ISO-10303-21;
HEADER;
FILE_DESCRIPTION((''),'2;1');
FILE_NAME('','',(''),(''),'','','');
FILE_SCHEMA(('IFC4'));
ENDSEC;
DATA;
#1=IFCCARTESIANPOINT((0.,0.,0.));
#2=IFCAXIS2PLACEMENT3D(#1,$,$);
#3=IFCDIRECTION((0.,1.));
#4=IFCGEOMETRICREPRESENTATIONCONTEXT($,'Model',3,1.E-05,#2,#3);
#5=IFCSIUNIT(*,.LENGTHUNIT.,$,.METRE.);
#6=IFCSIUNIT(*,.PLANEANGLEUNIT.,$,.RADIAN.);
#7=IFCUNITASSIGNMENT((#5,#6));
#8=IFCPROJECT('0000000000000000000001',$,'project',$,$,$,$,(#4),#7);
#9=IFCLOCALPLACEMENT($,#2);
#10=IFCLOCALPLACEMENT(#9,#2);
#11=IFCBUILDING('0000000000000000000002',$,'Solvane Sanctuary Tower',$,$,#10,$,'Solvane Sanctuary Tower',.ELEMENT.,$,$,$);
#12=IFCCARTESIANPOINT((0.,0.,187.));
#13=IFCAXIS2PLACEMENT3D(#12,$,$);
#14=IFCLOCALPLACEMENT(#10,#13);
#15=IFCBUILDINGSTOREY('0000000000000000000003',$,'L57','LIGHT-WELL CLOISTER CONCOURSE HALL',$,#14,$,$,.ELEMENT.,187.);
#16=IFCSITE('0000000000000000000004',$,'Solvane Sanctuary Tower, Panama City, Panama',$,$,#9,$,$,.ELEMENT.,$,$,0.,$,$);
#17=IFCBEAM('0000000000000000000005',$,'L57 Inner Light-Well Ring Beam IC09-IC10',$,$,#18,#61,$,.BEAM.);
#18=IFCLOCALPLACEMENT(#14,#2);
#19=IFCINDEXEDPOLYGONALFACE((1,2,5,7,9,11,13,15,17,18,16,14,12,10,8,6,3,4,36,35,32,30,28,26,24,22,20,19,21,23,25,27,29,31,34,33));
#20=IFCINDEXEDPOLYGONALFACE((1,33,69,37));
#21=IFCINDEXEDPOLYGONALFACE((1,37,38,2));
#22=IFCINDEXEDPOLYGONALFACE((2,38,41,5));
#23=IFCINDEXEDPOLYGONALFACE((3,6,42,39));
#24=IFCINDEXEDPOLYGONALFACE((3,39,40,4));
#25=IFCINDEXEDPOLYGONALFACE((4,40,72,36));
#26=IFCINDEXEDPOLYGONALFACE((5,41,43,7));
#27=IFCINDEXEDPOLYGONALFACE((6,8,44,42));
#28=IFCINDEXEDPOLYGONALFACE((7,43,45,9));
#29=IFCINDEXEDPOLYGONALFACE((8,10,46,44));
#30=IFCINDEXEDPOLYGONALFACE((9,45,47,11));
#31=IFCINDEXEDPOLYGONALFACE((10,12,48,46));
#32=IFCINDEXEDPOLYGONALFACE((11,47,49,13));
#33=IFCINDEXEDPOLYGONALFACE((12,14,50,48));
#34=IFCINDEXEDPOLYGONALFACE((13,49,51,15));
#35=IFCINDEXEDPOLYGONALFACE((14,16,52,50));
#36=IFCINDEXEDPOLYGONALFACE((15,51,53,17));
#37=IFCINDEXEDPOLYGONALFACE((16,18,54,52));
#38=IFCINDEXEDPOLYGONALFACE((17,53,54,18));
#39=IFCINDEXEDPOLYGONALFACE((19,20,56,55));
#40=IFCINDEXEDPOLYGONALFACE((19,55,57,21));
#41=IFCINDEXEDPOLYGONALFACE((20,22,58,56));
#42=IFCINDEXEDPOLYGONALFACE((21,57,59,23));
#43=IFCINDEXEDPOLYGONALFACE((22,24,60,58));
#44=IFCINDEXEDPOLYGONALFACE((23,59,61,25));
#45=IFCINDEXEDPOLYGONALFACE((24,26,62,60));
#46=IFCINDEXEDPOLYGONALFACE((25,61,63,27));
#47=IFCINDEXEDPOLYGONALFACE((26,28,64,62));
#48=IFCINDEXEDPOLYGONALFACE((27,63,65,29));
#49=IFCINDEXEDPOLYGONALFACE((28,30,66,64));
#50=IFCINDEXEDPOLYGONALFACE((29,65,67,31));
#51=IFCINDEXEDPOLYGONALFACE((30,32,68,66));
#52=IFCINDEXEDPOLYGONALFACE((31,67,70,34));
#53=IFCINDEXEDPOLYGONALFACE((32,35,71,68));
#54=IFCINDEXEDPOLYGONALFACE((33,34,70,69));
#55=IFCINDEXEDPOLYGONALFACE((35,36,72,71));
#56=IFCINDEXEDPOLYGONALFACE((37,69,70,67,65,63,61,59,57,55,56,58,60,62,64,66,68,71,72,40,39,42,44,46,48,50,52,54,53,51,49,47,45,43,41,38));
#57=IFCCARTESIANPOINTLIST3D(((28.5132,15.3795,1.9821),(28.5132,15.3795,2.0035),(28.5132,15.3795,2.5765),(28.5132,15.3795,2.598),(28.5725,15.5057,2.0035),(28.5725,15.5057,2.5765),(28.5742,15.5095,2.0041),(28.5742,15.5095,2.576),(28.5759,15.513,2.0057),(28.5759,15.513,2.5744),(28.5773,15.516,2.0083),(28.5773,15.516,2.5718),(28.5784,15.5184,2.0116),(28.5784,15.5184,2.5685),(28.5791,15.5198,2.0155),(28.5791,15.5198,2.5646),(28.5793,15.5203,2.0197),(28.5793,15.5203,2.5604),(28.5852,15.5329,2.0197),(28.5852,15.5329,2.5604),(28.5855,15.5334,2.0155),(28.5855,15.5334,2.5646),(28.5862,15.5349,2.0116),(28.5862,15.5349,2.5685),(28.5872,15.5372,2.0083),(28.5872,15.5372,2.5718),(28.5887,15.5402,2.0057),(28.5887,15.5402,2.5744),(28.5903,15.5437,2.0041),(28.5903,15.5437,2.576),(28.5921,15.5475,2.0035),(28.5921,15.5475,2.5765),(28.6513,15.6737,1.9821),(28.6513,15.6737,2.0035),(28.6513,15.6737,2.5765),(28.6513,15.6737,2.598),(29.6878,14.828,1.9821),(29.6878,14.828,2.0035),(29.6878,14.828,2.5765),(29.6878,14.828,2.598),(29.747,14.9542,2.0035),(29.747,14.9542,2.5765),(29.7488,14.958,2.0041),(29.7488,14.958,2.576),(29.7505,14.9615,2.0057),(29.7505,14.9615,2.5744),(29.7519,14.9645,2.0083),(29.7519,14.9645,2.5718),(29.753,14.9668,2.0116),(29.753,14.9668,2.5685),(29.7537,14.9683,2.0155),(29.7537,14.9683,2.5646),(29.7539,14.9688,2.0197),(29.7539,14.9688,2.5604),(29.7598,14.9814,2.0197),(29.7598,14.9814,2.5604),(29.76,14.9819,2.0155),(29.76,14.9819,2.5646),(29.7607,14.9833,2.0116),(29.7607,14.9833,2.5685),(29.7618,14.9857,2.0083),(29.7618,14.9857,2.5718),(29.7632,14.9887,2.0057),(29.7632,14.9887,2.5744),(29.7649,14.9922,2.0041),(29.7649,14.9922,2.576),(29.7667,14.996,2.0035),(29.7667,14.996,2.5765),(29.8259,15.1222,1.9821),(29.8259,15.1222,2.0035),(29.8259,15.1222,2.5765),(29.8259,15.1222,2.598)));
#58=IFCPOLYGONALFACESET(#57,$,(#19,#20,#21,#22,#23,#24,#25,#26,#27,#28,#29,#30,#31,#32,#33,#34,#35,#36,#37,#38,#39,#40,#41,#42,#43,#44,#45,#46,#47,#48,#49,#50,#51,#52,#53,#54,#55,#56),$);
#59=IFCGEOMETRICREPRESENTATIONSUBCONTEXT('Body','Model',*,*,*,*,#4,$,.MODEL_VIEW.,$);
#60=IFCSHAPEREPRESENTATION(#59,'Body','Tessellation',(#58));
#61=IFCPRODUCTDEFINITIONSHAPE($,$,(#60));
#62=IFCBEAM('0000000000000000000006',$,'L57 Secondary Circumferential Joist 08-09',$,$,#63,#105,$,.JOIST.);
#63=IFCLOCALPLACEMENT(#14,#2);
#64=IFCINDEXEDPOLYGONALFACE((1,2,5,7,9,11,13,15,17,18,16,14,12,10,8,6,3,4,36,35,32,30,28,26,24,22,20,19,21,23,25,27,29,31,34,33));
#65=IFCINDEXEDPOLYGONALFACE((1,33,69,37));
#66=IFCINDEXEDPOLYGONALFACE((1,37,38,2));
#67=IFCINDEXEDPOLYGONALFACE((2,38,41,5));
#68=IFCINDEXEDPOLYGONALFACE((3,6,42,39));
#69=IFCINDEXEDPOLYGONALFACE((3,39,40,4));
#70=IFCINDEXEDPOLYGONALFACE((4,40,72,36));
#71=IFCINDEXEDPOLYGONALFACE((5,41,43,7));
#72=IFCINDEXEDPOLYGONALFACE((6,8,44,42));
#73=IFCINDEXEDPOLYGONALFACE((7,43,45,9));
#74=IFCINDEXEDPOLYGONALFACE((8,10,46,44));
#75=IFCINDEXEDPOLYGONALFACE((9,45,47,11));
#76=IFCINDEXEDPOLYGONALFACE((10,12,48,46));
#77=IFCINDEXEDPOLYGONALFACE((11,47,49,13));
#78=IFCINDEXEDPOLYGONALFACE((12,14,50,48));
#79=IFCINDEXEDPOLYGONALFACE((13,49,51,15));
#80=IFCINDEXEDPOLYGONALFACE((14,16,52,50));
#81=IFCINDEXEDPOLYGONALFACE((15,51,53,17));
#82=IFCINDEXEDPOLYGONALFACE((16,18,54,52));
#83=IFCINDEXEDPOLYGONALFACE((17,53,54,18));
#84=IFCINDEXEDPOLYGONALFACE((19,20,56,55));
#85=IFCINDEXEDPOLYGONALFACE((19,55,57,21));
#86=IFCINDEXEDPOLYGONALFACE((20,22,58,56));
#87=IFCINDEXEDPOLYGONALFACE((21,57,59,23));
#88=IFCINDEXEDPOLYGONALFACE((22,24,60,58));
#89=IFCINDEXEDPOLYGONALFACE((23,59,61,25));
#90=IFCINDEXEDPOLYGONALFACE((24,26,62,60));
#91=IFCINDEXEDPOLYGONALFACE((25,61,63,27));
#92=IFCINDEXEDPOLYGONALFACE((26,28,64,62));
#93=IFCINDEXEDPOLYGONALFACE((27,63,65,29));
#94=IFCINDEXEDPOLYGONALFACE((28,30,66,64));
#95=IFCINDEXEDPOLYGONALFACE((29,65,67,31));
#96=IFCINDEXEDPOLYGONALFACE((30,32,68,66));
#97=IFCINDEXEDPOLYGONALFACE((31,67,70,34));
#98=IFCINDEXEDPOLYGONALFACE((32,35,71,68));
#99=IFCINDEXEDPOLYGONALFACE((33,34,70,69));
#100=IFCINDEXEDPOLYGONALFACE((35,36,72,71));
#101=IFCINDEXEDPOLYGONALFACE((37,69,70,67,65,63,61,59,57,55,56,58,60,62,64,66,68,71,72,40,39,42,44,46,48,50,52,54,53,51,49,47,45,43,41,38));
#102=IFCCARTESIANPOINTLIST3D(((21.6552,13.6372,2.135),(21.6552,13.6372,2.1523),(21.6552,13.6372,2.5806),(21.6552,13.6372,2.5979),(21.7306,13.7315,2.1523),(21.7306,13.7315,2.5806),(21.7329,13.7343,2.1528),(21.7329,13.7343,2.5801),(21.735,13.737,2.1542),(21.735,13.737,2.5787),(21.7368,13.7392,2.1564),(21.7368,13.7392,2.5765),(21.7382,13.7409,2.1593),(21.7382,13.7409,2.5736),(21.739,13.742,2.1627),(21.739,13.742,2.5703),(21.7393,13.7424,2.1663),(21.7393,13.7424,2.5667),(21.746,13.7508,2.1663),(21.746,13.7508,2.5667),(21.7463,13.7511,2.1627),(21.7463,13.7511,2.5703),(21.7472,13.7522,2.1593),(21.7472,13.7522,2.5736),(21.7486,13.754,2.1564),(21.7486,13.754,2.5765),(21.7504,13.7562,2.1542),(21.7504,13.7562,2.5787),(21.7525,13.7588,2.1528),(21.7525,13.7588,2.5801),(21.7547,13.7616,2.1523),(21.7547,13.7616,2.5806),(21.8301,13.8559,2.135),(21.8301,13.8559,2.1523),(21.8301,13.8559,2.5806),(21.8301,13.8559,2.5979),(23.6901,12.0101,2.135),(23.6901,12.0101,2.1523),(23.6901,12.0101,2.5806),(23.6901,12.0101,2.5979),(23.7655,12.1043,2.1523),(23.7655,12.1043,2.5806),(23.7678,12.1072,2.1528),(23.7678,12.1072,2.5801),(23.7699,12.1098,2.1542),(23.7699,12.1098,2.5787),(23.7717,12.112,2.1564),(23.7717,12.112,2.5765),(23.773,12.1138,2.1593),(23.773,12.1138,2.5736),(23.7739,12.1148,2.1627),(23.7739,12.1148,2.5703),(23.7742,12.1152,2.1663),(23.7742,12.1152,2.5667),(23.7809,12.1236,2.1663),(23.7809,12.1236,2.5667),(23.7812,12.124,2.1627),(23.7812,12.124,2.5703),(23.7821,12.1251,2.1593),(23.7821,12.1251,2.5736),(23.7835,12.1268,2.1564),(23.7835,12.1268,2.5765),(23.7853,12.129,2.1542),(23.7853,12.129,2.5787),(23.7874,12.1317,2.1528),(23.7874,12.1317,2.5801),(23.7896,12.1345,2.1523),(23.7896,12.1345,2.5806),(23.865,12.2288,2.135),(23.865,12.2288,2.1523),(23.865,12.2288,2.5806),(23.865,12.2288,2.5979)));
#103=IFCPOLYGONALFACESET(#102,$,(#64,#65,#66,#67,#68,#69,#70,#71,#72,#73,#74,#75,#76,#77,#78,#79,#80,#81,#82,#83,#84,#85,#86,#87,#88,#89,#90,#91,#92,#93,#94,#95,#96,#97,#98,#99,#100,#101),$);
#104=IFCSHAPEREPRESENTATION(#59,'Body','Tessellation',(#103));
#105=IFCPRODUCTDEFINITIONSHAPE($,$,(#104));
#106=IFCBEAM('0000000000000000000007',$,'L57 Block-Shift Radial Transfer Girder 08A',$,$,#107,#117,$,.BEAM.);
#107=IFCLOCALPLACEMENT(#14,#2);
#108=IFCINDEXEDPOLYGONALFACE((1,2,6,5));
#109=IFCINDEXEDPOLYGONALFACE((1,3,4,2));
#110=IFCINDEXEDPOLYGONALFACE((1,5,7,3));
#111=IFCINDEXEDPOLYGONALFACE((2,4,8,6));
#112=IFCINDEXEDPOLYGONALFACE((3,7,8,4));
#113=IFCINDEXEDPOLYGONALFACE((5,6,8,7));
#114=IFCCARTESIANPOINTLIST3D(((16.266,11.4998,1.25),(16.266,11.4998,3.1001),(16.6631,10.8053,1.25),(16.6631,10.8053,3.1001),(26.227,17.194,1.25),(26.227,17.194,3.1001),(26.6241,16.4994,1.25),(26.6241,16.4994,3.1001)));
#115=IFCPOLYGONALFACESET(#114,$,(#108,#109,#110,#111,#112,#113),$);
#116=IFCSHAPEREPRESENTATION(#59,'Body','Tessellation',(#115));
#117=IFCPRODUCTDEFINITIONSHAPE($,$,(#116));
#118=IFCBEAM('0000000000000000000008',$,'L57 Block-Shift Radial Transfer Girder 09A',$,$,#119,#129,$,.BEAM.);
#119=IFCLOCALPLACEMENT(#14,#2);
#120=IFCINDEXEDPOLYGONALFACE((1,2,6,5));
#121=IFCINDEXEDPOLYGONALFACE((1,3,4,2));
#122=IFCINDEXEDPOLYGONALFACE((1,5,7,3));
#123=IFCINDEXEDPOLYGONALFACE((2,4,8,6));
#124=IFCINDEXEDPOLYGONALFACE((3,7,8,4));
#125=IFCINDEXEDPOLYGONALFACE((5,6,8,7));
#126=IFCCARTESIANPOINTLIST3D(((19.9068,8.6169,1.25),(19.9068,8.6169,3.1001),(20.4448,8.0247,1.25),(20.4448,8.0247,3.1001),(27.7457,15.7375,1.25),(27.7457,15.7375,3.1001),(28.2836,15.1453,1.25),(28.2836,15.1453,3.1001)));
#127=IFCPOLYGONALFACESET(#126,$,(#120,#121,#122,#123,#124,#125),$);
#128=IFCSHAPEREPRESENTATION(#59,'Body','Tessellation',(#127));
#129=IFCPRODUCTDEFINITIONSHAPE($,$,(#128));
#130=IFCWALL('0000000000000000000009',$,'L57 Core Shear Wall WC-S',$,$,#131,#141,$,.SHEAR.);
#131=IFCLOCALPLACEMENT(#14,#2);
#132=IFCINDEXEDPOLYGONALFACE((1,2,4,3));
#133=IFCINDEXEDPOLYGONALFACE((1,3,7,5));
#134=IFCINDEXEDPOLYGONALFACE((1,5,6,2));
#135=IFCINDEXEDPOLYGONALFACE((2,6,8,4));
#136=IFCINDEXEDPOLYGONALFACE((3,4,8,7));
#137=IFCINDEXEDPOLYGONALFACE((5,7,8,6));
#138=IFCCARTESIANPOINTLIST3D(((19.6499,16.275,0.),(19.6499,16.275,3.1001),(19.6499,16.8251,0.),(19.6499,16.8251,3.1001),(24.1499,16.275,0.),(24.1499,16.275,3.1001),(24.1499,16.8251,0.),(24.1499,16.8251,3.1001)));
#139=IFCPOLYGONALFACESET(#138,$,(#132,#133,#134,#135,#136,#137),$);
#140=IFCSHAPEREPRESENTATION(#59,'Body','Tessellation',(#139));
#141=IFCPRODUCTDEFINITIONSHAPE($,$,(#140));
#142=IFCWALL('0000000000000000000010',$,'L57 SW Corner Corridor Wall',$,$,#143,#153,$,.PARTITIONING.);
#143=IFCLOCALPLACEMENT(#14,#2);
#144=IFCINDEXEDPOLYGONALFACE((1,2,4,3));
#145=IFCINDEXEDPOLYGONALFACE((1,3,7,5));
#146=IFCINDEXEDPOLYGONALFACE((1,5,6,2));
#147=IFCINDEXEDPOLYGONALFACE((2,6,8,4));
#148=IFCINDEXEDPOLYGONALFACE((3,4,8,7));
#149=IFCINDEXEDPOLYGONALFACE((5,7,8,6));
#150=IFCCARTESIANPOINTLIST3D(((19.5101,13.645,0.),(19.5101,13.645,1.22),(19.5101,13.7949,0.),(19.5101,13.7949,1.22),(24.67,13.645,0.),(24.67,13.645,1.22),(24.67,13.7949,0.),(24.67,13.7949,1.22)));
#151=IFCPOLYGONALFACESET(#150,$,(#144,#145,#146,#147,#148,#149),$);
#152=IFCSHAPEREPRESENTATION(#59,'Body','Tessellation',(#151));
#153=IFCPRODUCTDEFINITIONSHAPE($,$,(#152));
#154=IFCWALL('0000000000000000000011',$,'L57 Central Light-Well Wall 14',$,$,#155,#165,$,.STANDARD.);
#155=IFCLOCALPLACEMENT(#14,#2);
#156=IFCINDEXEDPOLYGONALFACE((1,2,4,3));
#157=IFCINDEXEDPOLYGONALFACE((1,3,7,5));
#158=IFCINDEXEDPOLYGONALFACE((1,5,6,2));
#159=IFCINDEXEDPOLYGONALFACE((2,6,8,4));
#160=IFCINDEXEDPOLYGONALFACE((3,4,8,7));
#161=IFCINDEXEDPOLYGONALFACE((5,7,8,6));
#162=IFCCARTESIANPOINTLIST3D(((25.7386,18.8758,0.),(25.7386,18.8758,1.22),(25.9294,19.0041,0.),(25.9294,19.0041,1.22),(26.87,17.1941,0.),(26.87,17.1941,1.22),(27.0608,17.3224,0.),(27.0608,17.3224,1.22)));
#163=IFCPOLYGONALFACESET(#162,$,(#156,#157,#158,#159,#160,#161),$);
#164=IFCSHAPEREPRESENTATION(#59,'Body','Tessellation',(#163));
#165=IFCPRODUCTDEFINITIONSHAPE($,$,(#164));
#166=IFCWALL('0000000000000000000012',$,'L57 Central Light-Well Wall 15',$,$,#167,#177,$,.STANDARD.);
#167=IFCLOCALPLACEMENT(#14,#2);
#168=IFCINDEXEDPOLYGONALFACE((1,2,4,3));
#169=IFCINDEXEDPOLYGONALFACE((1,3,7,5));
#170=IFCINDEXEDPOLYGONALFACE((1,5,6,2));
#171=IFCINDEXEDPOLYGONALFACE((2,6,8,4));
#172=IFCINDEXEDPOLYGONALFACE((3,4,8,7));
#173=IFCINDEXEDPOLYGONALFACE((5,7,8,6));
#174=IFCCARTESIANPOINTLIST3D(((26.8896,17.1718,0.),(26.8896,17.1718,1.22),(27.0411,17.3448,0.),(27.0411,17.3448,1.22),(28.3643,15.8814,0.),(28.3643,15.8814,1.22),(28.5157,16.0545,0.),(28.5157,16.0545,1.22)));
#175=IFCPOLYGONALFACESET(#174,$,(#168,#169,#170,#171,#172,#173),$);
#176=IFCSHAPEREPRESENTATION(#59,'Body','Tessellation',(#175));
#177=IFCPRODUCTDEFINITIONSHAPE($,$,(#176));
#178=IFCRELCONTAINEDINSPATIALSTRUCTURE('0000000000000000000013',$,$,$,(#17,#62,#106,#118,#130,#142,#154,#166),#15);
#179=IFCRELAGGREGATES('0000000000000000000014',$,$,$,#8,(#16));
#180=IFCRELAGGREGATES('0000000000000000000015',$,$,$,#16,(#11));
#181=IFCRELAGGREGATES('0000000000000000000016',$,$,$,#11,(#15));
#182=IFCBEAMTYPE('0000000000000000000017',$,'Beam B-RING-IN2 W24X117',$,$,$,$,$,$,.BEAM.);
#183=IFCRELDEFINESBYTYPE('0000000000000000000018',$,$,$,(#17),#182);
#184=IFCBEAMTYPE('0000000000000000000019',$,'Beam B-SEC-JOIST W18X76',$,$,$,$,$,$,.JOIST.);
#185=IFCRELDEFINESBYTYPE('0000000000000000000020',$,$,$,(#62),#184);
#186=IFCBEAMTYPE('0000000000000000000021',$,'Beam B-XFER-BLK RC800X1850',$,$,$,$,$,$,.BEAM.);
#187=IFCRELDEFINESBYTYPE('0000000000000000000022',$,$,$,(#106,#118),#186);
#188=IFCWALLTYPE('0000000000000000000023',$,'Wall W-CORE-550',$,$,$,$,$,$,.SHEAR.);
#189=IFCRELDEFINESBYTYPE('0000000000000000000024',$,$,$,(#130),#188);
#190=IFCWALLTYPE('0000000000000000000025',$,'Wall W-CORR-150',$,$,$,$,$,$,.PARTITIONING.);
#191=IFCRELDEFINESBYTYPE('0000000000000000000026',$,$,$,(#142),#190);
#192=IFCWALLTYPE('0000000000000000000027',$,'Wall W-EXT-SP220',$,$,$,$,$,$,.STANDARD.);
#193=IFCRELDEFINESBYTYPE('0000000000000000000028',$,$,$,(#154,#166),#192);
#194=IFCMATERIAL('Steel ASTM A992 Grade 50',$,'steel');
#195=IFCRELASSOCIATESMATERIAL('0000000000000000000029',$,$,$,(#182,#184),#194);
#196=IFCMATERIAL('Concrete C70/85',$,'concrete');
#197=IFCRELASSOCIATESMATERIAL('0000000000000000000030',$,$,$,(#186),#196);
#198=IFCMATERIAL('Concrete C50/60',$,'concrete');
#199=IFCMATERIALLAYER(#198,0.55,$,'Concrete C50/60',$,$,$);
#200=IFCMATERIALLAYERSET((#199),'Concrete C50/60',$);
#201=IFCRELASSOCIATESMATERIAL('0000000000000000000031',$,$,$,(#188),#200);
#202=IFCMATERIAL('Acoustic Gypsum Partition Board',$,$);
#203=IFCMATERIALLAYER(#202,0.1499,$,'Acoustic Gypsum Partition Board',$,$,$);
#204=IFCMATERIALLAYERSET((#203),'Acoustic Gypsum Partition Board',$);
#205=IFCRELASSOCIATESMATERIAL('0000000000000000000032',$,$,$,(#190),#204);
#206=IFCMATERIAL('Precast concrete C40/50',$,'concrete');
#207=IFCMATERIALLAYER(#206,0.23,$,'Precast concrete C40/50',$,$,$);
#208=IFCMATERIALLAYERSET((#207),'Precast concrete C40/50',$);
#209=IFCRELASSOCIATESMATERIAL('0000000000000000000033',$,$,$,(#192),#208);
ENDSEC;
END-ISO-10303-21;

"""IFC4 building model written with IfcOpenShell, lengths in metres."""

from ifc_helpers import new_model, si_unit, direction, frame, frame_2d, origin, origin_2d, place, context, subcontext, project, spatial, rectangle, i_section, extrude, material, layer, layer_set, material_profile, profile_set, type_object, element, save


model = new_model("IFC4")

# Units and contexts
model_context = context("Model", 3, precision=1e-05, world=origin(), true_north=direction((0.0, 1.0)))
body_context = subcontext(model_context, "Body", "Model", "MODEL_VIEW")
ifc_project = project(units=[si_unit("LENGTHUNIT", "METRE"), si_unit("PLANEANGLEUNIT", "RADIAN")], contexts=[model_context])

# Site, building, storey
site_placement = place(None, origin())
site = spatial("IfcSite", under=ifc_project, at=site_placement, Name="Solvane Sanctuary Tower, Panama City, Panama", CompositionType="ELEMENT", RefElevation=0.0)
building_placement = place(site_placement, origin())
building = spatial("IfcBuilding", under=site, at=building_placement, Name="Solvane Sanctuary Tower", LongName="Solvane Sanctuary Tower", CompositionType="ELEMENT")
storey_placement = place(building_placement, frame((0.0, 0.0, 187.0)))
storey = spatial("IfcBuildingStorey", under=building, at=storey_placement, Name="L57", Description="LIGHT-WELL CLOISTER CONCOURSE HALL", CompositionType="ELEMENT", Elevation=187.0)

# Shared definitions
ifc_material_1 = material(Name="Concrete C50/60", Category="concrete")
ifc_material_2 = material(Name="Concrete C70/85", Category="concrete")

# Beams
ifc_material_3 = material(Name="Steel ASTM A992 Grade 50", Category="steel")
ifc_material_profile_1 = material_profile(ifc_material_3, i_section(OverallWidth=0.325, OverallDepth=0.616, WebThickness=0.0139, FlangeThickness=0.0215, FilletRadius=0.0161, at=origin_2d()), Name="W24X117")
ifc_profile_set_1 = profile_set([ifc_material_profile_1], Name="Steel ASTM A992 Grade 50")
beam_type_1 = type_object("IfcBeamType", Name="Beam B-RING-IN2 W24X117", PredefinedType="BEAM", material=ifc_profile_set_1)
beam_1_placement = place(storey_placement, frame((28.5823, 15.5266, 2.29), z_axis=(0.905181, -0.425027, 0.0), x_axis=(0.425027, 0.905181, 0.0)))
element("IfcBeam", 1, at=beam_1_placement, inside=storey, type_object=beam_type_1, Name="L57 Inner Light-Well Ring Beam IC09-IC10", PredefinedType="BEAM", context=body_context, shape_type="SweptSolid", body=[
    extrude(i_section(OverallWidth=0.325, OverallDepth=0.616, WebThickness=0.0139, FlangeThickness=0.0215, FilletRadius=0.0161, at=origin_2d()), origin(), (0.0, 0.0, 1.0), 1.2976),
])
ifc_material_profile_2 = material_profile(ifc_material_3, i_section(OverallWidth=0.28, OverallDepth=0.4629, WebThickness=0.0107, FlangeThickness=0.0173, FilletRadius=0.0139, at=origin_2d()), Name="W18X76")
ifc_profile_set_2 = profile_set([ifc_material_profile_2], Name="Steel ASTM A992 Grade 50")
beam_type_2 = type_object("IfcBeamType", Name="Beam B-SEC-JOIST W18X76", PredefinedType="JOIST", material=ifc_profile_set_2)
beam_2_placement = place(storey_placement, frame((21.7427, 13.7466, 2.3665), z_axis=(0.781006, -0.624524, 0.0), x_axis=(0.624524, 0.781006, 0.0)))
element("IfcBeam", 2, at=beam_2_placement, inside=storey, type_object=beam_type_2, Name="L57 Secondary Circumferential Joist 08-09", PredefinedType="JOIST", context=body_context, shape_type="SweptSolid", body=[
    extrude(i_section(OverallWidth=0.28, OverallDepth=0.4629, WebThickness=0.0107, FlangeThickness=0.0173, FilletRadius=0.0139, at=origin_2d()), origin(), (0.0, 0.0, 1.0), 2.6055),
])
ifc_material_profile_3 = material_profile(ifc_material_2, rectangle(XDim=0.8, YDim=1.8501, at=origin_2d()), Name="RC800X1850")
ifc_profile_set_3 = profile_set([ifc_material_profile_3], Name="Concrete C70/85")
beam_type_3 = type_object("IfcBeamType", Name="Beam B-XFER-BLK RC800X1850", PredefinedType="BEAM", material=ifc_profile_set_3)
beam_3_placement = place(storey_placement, frame((26.4255, 16.8467, 2.175), z_axis=(-0.868163, -0.496279, 0.0), x_axis=(0.496279, -0.868163, 0.0)))
element("IfcBeam", 3, at=beam_3_placement, inside=storey, type_object=beam_type_3, Name="L57 Block-Shift Radial Transfer Girder 08A", PredefinedType="BEAM", context=body_context, shape_type="SweptSolid", body=[
    extrude(rectangle(XDim=0.8, YDim=1.8501, at=origin_2d()), origin(), (0.0, 0.0, 1.0), 11.4736),
])
beam_4_placement = place(storey_placement, frame((28.0146, 15.4414, 2.175), z_axis=(-0.740205, -0.672381, 0.0), x_axis=(0.672381, -0.740205, 0.0)))
element("IfcBeam", 4, at=beam_4_placement, inside=storey, type_object=beam_type_3, Name="L57 Block-Shift Radial Transfer Girder 09A", PredefinedType="BEAM", context=body_context, shape_type="SweptSolid", body=[
    extrude(rectangle(XDim=0.8, YDim=1.8501, at=origin_2d()), origin(), (0.0, 0.0, 1.0), 10.5901),
])

# Walls
ifc_layer_1 = layer(ifc_material_1, 0.55, Name="Concrete C50/60")
ifc_layer_set_1 = layer_set([ifc_layer_1], Name="Concrete C50/60")
wall_type_1 = type_object("IfcWallType", Name="Wall W-CORE-550", PredefinedType="SHEAR", material=ifc_layer_set_1)
wall_1_placement = place(storey_placement, frame((19.6499, 16.55, 0.0), z_axis=(0.0, 0.0, 1.0), x_axis=(1.0, 0.0, 0.0)))
element("IfcWall", 5, at=wall_1_placement, inside=storey, type_object=wall_type_1, Name="L57 Core Shear Wall WC-S", PredefinedType="SHEAR", context=body_context, shape_type="SweptSolid", body=[
    extrude(rectangle(XDim=4.5, YDim=0.55, at=frame_2d((2.25, 0.0))), origin(), (0.0, 0.0, 1.0), 3.1001),
])
ifc_material_4 = material(Name="Acoustic Gypsum Partition Board")
ifc_layer_2 = layer(ifc_material_4, 0.1499, Name="Acoustic Gypsum Partition Board")
ifc_layer_set_2 = layer_set([ifc_layer_2], Name="Acoustic Gypsum Partition Board")
wall_type_2 = type_object("IfcWallType", Name="Wall W-CORR-150", PredefinedType="PARTITIONING", material=ifc_layer_set_2)
wall_2_placement = place(storey_placement, frame((19.51, 13.72, 0.0), z_axis=(0.0, 0.0, 1.0), x_axis=(1.0, 0.0, 0.0)))
element("IfcWall", 6, at=wall_2_placement, inside=storey, type_object=wall_type_2, Name="L57 SW Corner Corridor Wall", PredefinedType="PARTITIONING", context=body_context, shape_type="SweptSolid", body=[
    extrude(rectangle(XDim=5.1599, YDim=0.1499, at=frame_2d((2.5801, 0.0))), origin(), (0.0, 0.0, 1.0), 1.22),
])
ifc_material_5 = material(Name="Precast concrete C40/50", Category="concrete")
ifc_layer_3 = layer(ifc_material_5, 0.23, Name="Precast concrete C40/50")
ifc_layer_set_3 = layer_set([ifc_layer_3], Name="Precast concrete C40/50")
wall_type_3 = type_object("IfcWallType", Name="Wall W-EXT-SP220", PredefinedType="STANDARD", material=ifc_layer_set_3)
wall_3_placement = place(storey_placement, frame((25.834, 18.9399, 0.0), z_axis=(0.0, 0.0, 1.0), x_axis=(0.558198, -0.829708, 0.0)))
element("IfcWall", 7, at=wall_3_placement, inside=storey, type_object=wall_type_3, Name="L57 Central Light-Well Wall 14", PredefinedType="STANDARD", context=body_context, shape_type="SweptSolid", body=[
    extrude(rectangle(XDim=2.0269, YDim=0.23, at=frame_2d((1.0134, 0.0))), origin(), (0.0, 0.0, 1.0), 1.22),
])
wall_4_placement = place(storey_placement, frame((26.9653, 17.2583, 0.0), z_axis=(0.0, 0.0, 1.0), x_axis=(0.752577, -0.658505, 0.0)))
element("IfcWall", 8, at=wall_4_placement, inside=storey, type_object=wall_type_3, Name="L57 Central Light-Well Wall 15", PredefinedType="STANDARD", context=body_context, shape_type="SweptSolid", body=[
    extrude(rectangle(XDim=1.9595, YDim=0.23, at=frame_2d((0.9797, 0.0))), origin(), (0.0, 0.0, 1.0), 1.22),
])

save(model, "model.ifc")
